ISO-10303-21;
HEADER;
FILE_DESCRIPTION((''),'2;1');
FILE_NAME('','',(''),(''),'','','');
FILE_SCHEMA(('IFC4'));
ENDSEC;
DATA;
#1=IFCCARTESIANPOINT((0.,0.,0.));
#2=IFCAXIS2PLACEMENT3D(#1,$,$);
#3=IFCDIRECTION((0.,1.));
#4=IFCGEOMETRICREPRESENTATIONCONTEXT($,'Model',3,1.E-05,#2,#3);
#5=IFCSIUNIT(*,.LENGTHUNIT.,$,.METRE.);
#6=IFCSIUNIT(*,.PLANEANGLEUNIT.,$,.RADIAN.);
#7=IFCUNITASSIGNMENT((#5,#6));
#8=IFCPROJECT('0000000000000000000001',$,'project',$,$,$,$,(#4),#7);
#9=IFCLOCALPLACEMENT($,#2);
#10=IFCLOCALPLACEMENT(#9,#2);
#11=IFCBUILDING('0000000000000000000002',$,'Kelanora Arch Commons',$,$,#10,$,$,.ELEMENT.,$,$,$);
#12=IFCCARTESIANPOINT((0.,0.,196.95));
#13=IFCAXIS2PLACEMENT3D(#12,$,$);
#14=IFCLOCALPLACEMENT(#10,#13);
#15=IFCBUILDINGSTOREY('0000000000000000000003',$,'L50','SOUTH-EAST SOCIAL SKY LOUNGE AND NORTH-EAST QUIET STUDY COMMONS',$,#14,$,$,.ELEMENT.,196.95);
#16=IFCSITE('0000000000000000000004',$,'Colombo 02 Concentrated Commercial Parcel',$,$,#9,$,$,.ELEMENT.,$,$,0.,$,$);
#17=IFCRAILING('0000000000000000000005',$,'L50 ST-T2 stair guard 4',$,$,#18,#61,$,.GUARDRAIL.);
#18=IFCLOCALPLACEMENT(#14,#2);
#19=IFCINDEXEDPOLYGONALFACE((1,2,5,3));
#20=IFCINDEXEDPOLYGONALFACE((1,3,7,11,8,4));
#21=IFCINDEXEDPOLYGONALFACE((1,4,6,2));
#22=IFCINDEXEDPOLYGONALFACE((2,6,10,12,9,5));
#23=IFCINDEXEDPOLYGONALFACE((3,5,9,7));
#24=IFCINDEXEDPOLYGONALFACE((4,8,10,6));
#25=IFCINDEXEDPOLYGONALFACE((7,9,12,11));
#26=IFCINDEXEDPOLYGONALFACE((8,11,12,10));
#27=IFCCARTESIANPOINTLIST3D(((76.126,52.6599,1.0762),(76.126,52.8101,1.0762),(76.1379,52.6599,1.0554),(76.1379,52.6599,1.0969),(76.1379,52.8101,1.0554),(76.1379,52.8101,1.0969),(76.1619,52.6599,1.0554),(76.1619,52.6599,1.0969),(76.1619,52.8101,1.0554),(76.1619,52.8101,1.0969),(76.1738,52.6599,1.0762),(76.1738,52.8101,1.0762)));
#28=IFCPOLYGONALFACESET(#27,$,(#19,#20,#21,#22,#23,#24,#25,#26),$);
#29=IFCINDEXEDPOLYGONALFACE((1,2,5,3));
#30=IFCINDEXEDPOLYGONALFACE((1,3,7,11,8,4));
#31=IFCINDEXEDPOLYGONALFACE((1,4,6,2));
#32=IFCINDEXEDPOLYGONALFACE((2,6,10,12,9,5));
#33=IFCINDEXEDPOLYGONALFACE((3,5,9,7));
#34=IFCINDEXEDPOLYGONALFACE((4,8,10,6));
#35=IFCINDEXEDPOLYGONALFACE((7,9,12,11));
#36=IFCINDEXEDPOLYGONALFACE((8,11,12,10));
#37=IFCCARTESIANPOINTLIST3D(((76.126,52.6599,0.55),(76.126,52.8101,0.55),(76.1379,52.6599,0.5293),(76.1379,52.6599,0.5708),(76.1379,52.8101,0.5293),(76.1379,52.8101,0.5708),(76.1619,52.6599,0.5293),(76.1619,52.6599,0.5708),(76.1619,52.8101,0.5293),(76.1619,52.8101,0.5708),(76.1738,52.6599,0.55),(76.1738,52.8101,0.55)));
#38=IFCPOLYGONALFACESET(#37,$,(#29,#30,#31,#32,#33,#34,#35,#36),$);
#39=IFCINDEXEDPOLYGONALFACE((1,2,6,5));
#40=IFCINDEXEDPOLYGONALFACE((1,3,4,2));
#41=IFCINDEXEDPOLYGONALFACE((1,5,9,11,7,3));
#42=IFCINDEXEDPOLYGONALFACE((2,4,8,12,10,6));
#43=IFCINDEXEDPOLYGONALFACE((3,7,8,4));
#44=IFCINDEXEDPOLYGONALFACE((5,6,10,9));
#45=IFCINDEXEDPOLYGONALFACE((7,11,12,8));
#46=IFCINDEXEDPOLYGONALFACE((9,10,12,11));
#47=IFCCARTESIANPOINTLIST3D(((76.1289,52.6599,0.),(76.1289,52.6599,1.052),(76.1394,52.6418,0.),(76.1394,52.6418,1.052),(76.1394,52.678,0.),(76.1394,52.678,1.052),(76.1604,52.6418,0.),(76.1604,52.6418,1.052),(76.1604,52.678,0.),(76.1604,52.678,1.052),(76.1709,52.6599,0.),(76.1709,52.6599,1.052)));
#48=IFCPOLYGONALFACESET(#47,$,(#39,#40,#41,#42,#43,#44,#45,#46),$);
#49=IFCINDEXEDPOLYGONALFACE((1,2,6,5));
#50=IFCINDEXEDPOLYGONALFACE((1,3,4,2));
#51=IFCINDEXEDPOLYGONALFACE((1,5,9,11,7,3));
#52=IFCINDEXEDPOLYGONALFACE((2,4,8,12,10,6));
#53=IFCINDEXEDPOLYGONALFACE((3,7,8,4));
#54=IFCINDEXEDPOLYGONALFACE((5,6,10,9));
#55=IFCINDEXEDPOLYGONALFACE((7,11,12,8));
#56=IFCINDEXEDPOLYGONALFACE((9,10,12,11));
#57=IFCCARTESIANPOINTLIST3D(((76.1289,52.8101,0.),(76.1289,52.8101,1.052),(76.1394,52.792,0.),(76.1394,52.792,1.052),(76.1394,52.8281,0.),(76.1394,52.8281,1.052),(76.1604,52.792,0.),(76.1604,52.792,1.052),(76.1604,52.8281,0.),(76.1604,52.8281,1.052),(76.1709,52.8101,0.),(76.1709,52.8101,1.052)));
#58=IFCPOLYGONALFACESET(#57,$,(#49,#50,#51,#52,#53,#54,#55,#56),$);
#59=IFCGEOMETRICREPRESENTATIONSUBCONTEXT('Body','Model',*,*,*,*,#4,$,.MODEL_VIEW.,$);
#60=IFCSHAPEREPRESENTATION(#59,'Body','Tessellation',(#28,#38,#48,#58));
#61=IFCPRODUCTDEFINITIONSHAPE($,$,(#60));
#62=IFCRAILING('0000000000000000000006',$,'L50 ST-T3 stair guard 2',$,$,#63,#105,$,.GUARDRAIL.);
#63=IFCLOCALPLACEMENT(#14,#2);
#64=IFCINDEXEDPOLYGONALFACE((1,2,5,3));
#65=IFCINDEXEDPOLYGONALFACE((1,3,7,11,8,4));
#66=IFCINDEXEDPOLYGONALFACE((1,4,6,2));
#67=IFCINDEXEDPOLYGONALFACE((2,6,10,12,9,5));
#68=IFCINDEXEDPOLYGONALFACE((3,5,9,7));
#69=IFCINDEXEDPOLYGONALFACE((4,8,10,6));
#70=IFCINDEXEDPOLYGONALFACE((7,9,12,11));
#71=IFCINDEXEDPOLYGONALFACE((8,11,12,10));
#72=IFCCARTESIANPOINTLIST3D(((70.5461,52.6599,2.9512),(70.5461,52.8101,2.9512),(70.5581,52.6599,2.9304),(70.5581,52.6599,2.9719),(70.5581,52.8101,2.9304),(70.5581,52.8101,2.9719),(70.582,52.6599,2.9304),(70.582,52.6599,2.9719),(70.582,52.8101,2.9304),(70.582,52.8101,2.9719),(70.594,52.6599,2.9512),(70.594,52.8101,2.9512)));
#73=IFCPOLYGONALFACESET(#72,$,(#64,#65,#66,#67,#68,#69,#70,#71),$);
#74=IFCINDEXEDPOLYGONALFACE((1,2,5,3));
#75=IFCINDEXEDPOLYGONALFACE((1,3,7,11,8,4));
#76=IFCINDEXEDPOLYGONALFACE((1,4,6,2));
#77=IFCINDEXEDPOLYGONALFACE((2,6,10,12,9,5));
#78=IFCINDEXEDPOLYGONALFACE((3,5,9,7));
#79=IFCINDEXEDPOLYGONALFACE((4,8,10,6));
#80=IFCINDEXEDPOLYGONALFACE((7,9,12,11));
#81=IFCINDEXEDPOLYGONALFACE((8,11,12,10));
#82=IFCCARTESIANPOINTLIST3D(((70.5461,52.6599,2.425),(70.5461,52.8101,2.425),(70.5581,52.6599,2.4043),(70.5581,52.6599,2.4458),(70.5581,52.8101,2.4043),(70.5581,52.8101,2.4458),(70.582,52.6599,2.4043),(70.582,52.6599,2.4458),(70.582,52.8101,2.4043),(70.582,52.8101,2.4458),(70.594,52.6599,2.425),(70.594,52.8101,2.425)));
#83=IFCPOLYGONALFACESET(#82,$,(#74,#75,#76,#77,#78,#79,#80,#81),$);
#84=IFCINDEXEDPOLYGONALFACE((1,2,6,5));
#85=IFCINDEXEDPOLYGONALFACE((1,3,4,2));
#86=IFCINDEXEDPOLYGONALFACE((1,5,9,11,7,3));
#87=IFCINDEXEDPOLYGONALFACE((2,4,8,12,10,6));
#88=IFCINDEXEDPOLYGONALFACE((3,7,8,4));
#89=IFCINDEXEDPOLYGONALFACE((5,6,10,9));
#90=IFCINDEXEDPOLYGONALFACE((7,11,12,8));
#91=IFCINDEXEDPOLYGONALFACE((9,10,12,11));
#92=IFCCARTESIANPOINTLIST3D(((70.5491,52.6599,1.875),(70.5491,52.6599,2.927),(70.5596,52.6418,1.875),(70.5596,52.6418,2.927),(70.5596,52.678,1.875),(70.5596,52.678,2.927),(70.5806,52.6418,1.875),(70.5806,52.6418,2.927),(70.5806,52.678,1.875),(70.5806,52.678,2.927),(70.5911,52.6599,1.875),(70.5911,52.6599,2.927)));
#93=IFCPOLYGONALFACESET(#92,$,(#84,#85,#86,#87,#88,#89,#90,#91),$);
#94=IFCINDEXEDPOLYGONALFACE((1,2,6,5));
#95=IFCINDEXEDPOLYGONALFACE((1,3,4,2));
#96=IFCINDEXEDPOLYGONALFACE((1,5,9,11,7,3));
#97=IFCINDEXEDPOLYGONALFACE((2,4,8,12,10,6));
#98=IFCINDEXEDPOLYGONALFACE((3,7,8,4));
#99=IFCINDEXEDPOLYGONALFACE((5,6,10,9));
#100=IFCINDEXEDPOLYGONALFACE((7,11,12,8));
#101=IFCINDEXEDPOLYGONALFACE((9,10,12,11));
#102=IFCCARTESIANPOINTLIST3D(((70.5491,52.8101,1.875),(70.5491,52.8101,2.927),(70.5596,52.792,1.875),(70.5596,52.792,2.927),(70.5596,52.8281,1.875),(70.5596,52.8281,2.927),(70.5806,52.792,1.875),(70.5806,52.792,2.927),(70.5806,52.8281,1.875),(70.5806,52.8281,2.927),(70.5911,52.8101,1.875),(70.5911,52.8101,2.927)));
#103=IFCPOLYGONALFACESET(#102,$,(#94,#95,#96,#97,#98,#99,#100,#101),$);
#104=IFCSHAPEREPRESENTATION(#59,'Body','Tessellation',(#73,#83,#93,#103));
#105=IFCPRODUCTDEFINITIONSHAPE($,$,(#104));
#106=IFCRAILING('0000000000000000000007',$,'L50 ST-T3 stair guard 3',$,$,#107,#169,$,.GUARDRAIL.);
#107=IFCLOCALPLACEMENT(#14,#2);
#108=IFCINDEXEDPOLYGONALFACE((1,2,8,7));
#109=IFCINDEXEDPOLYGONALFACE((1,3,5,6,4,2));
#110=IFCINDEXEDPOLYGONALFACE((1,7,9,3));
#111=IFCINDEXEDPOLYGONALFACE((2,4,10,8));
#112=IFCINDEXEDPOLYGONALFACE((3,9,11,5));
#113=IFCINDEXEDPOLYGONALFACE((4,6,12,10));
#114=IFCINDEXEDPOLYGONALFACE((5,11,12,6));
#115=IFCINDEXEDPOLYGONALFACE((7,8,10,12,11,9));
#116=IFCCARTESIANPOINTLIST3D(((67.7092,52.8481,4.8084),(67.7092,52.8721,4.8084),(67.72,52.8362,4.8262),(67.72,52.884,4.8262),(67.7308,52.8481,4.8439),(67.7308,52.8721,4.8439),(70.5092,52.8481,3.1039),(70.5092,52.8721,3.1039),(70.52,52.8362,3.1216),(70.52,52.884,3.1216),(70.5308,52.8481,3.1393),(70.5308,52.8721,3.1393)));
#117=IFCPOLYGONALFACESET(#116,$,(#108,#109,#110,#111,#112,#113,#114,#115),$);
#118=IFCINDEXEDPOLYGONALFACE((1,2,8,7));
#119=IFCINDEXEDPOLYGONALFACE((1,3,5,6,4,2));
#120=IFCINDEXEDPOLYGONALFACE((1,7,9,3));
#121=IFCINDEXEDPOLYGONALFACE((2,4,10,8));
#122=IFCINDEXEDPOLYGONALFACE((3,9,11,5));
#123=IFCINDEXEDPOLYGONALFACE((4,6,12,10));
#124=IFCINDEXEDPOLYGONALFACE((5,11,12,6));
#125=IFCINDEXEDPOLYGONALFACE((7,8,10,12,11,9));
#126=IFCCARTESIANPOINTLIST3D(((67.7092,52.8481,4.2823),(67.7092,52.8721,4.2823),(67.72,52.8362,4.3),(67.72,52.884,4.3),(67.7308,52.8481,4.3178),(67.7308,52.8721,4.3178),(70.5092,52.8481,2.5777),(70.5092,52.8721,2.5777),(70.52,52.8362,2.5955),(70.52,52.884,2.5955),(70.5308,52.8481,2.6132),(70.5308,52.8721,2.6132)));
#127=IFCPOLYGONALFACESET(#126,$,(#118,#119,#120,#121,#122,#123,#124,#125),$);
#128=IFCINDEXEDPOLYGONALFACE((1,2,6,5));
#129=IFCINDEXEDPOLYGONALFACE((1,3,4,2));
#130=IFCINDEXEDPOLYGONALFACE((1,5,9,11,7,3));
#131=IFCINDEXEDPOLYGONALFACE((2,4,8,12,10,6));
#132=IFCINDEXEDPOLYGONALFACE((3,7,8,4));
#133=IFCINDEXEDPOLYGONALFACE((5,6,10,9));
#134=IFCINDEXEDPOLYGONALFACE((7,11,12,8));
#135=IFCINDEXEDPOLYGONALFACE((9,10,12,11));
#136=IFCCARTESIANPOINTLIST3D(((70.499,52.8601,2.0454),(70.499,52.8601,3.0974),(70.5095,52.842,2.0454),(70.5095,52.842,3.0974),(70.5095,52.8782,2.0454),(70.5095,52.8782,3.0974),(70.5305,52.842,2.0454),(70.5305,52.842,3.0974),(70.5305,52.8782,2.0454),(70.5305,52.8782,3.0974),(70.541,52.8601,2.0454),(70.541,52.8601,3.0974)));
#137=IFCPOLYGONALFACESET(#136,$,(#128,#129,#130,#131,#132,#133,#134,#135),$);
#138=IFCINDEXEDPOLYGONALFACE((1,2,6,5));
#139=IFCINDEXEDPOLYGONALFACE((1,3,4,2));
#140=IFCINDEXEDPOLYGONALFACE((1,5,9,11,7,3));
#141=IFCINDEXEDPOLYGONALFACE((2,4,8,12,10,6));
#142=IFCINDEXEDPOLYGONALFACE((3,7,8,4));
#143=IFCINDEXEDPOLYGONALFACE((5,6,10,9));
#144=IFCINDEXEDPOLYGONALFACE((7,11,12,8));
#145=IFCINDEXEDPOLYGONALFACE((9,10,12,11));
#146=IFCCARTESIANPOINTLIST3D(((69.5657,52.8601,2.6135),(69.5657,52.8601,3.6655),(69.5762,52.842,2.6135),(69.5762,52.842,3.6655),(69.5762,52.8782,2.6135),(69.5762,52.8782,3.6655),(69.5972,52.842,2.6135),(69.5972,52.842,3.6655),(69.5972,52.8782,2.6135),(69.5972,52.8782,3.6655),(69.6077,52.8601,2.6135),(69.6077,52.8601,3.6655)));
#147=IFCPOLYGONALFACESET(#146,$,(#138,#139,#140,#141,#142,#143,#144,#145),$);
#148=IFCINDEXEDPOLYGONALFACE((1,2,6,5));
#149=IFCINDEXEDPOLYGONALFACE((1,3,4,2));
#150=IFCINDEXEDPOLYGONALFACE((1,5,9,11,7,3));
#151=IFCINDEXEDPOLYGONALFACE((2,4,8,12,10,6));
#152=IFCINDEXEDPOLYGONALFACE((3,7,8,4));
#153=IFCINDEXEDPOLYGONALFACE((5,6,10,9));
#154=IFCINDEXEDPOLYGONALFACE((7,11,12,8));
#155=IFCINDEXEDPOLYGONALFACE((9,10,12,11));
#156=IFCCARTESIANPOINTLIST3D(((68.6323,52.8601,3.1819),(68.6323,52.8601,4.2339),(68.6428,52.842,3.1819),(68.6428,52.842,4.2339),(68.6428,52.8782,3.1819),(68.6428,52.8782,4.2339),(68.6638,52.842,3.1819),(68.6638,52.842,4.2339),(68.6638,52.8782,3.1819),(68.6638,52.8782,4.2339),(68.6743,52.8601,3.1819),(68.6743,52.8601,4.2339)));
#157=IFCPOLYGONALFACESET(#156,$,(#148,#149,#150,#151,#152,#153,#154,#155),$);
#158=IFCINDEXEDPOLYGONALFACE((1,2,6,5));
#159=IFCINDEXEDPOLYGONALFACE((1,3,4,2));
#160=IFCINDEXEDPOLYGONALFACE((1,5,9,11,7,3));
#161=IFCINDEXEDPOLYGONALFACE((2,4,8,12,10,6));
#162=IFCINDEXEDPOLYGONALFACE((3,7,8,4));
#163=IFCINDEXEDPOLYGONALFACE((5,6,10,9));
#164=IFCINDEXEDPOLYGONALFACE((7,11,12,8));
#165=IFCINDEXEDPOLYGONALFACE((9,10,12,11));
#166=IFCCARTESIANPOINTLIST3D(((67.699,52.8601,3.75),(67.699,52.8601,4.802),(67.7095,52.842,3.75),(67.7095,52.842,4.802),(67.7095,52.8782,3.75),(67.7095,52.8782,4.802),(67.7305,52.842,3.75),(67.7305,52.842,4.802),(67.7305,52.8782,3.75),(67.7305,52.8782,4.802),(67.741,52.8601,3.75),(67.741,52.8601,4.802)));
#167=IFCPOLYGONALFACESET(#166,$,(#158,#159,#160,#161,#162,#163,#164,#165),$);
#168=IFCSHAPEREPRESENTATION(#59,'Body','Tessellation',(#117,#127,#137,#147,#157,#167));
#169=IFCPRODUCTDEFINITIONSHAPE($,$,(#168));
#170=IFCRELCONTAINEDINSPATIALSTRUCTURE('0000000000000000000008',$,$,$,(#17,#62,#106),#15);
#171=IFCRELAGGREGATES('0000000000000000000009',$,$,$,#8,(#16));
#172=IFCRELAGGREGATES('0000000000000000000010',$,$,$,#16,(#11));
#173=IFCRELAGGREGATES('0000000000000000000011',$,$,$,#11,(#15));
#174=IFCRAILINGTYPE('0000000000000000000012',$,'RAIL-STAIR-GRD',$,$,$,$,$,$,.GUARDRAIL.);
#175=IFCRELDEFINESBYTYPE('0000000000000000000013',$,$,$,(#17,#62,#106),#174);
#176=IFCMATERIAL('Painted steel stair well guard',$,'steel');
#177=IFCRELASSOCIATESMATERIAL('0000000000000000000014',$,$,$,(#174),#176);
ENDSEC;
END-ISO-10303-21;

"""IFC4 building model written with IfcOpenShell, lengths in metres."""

from ifc_helpers import new_model, si_unit, direction, frame, origin, place, context, subcontext, project, spatial, polyline, outline, extrude, material, type_object, element, save


model = new_model("IFC4")

# Units and contexts
model_context = context("Model", 3, precision=1e-05, world=origin(), true_north=direction((0.0, 1.0)))
body_context = subcontext(model_context, "Body", "Model", "MODEL_VIEW")
ifc_project = project(units=[si_unit("LENGTHUNIT", "METRE"), si_unit("PLANEANGLEUNIT", "RADIAN")], contexts=[model_context])

# Site, building, storey
site_placement = place(None, origin())
site = spatial("IfcSite", under=ifc_project, at=site_placement, Name="Colombo 02 Concentrated Commercial Parcel", CompositionType="ELEMENT", RefElevation=0.0)
building_placement = place(site_placement, origin())
building = spatial("IfcBuilding", under=site, at=building_placement, Name="Kelanora Arch Commons", CompositionType="ELEMENT")
storey_placement = place(building_placement, frame((0.0, 0.0, 196.95)))
storey = spatial("IfcBuildingStorey", under=building, at=storey_placement, Name="L50", Description="SOUTH-EAST SOCIAL SKY LOUNGE AND NORTH-EAST QUIET STUDY COMMONS", CompositionType="ELEMENT", Elevation=196.95)

# Railings
ifc_material_1 = material(Name="Painted steel stair well guard", Category="steel")
railing_type_1 = type_object("IfcRailingType", Name="RAIL-STAIR-GRD", PredefinedType="GUARDRAIL", material=ifc_material_1)
for number, where, name in (
    (1, (76.1499, 52.6599, 0.0), "L50 ST-T2 stair guard 4"),
    (2, (70.5701, 52.6599, 1.875), "L50 ST-T3 stair guard 2"),
):
    element("IfcRailing", number, at=place(storey_placement, frame(where)), inside=storey, type_object=railing_type_1, Name=name, PredefinedType="GUARDRAIL", context=body_context, shape_type="SweptSolid", body=[
        extrude(outline(polyline([(0.0239, 0.0), (0.012, 0.0208), (-0.012, 0.0208), (-0.0239, 0.0), (-0.012, -0.0208), (0.012, -0.0208), (0.0239, 0.0)])), frame((0.0, 0.0, 1.0762), z_axis=(0.0, 1.0, 0.0), x_axis=(-1.0, 0.0, 0.0)), (0.0, 0.0, 1.0), 0.1501),
        extrude(outline(polyline([(0.0239, 0.0), (0.012, 0.0208), (-0.012, 0.0208), (-0.0239, 0.0), (-0.012, -0.0208), (0.012, -0.0208), (0.0239, 0.0)])), frame((0.0, 0.0, 0.55), z_axis=(0.0, 1.0, 0.0), x_axis=(-1.0, 0.0, 0.0)), (0.0, 0.0, 1.0), 0.1501),
        extrude(outline(polyline([(0.021, 0.0), (0.0105, 0.0181), (-0.0105, 0.0181), (-0.021, 0.0), (-0.0105, -0.0181), (0.0105, -0.0181), (0.021, 0.0)])), origin(), (0.0, 0.0, 1.0), 1.052),
        extrude(outline(polyline([(0.021, 0.0), (0.0105, 0.0181), (-0.0105, 0.0181), (-0.021, 0.0), (-0.0105, -0.0181), (0.0105, -0.0181), (0.021, 0.0)])), frame((0.0, 0.1501, 0.0)), (0.0, 0.0, 1.0), 1.052),
    ])
railing_1_placement = place(storey_placement, frame((70.52, 52.8601, 2.0454)))
element("IfcRailing", 3, at=railing_1_placement, inside=storey, type_object=railing_type_1, Name="L50 ST-T3 stair guard 3", PredefinedType="GUARDRAIL", context=body_context, shape_type="SweptSolid", body=[
    extrude(outline(polyline([(0.0239, 0.0), (0.012, 0.0208), (-0.012, 0.0208), (-0.0239, 0.0), (-0.012, -0.0208), (0.012, -0.0208), (0.0239, 0.0)])), frame((0.0, 0.0, 1.0762), z_axis=(-0.85417, 0.0, 0.519994), x_axis=(0.0, -1.0, 0.0)), (0.0, 0.0, 1.0), 3.2781),
    extrude(outline(polyline([(0.0239, 0.0), (0.012, 0.0208), (-0.012, 0.0208), (-0.0239, 0.0), (-0.012, -0.0208), (0.012, -0.0208), (0.0239, 0.0)])), frame((0.0, 0.0, 0.55), z_axis=(-0.85417, 0.0, 0.519994), x_axis=(0.0, -1.0, 0.0)), (0.0, 0.0, 1.0), 3.2781),
    extrude(outline(polyline([(0.021, 0.0), (0.0105, 0.0181), (-0.0105, 0.0181), (-0.021, 0.0), (-0.0105, -0.0181), (0.0105, -0.0181), (0.021, 0.0)])), origin(), (0.0, 0.0, 1.0), 1.052),
    extrude(outline(polyline([(0.021, 0.0), (0.0105, 0.0181), (-0.0105, 0.0181), (-0.021, 0.0), (-0.0105, -0.0181), (0.0105, -0.0181), (0.021, 0.0)])), frame((-0.9333, 0.0, 0.5681)), (0.0, 0.0, 1.0), 1.052),
    extrude(outline(polyline([(0.021, 0.0), (0.0105, 0.0181), (-0.0105, 0.0181), (-0.021, 0.0), (-0.0105, -0.0181), (0.0105, -0.0181), (0.021, 0.0)])), frame((-1.8667, 0.0, 1.1365)), (0.0, 0.0, 1.0), 1.052),
    extrude(outline(polyline([(0.021, 0.0), (0.0105, 0.0181), (-0.0105, 0.0181), (-0.021, 0.0), (-0.0105, -0.0181), (0.0105, -0.0181), (0.021, 0.0)])), frame((-2.8, 0.0, 1.7046)), (0.0, 0.0, 1.0), 1.052),
])

save(model, "model.ifc")
